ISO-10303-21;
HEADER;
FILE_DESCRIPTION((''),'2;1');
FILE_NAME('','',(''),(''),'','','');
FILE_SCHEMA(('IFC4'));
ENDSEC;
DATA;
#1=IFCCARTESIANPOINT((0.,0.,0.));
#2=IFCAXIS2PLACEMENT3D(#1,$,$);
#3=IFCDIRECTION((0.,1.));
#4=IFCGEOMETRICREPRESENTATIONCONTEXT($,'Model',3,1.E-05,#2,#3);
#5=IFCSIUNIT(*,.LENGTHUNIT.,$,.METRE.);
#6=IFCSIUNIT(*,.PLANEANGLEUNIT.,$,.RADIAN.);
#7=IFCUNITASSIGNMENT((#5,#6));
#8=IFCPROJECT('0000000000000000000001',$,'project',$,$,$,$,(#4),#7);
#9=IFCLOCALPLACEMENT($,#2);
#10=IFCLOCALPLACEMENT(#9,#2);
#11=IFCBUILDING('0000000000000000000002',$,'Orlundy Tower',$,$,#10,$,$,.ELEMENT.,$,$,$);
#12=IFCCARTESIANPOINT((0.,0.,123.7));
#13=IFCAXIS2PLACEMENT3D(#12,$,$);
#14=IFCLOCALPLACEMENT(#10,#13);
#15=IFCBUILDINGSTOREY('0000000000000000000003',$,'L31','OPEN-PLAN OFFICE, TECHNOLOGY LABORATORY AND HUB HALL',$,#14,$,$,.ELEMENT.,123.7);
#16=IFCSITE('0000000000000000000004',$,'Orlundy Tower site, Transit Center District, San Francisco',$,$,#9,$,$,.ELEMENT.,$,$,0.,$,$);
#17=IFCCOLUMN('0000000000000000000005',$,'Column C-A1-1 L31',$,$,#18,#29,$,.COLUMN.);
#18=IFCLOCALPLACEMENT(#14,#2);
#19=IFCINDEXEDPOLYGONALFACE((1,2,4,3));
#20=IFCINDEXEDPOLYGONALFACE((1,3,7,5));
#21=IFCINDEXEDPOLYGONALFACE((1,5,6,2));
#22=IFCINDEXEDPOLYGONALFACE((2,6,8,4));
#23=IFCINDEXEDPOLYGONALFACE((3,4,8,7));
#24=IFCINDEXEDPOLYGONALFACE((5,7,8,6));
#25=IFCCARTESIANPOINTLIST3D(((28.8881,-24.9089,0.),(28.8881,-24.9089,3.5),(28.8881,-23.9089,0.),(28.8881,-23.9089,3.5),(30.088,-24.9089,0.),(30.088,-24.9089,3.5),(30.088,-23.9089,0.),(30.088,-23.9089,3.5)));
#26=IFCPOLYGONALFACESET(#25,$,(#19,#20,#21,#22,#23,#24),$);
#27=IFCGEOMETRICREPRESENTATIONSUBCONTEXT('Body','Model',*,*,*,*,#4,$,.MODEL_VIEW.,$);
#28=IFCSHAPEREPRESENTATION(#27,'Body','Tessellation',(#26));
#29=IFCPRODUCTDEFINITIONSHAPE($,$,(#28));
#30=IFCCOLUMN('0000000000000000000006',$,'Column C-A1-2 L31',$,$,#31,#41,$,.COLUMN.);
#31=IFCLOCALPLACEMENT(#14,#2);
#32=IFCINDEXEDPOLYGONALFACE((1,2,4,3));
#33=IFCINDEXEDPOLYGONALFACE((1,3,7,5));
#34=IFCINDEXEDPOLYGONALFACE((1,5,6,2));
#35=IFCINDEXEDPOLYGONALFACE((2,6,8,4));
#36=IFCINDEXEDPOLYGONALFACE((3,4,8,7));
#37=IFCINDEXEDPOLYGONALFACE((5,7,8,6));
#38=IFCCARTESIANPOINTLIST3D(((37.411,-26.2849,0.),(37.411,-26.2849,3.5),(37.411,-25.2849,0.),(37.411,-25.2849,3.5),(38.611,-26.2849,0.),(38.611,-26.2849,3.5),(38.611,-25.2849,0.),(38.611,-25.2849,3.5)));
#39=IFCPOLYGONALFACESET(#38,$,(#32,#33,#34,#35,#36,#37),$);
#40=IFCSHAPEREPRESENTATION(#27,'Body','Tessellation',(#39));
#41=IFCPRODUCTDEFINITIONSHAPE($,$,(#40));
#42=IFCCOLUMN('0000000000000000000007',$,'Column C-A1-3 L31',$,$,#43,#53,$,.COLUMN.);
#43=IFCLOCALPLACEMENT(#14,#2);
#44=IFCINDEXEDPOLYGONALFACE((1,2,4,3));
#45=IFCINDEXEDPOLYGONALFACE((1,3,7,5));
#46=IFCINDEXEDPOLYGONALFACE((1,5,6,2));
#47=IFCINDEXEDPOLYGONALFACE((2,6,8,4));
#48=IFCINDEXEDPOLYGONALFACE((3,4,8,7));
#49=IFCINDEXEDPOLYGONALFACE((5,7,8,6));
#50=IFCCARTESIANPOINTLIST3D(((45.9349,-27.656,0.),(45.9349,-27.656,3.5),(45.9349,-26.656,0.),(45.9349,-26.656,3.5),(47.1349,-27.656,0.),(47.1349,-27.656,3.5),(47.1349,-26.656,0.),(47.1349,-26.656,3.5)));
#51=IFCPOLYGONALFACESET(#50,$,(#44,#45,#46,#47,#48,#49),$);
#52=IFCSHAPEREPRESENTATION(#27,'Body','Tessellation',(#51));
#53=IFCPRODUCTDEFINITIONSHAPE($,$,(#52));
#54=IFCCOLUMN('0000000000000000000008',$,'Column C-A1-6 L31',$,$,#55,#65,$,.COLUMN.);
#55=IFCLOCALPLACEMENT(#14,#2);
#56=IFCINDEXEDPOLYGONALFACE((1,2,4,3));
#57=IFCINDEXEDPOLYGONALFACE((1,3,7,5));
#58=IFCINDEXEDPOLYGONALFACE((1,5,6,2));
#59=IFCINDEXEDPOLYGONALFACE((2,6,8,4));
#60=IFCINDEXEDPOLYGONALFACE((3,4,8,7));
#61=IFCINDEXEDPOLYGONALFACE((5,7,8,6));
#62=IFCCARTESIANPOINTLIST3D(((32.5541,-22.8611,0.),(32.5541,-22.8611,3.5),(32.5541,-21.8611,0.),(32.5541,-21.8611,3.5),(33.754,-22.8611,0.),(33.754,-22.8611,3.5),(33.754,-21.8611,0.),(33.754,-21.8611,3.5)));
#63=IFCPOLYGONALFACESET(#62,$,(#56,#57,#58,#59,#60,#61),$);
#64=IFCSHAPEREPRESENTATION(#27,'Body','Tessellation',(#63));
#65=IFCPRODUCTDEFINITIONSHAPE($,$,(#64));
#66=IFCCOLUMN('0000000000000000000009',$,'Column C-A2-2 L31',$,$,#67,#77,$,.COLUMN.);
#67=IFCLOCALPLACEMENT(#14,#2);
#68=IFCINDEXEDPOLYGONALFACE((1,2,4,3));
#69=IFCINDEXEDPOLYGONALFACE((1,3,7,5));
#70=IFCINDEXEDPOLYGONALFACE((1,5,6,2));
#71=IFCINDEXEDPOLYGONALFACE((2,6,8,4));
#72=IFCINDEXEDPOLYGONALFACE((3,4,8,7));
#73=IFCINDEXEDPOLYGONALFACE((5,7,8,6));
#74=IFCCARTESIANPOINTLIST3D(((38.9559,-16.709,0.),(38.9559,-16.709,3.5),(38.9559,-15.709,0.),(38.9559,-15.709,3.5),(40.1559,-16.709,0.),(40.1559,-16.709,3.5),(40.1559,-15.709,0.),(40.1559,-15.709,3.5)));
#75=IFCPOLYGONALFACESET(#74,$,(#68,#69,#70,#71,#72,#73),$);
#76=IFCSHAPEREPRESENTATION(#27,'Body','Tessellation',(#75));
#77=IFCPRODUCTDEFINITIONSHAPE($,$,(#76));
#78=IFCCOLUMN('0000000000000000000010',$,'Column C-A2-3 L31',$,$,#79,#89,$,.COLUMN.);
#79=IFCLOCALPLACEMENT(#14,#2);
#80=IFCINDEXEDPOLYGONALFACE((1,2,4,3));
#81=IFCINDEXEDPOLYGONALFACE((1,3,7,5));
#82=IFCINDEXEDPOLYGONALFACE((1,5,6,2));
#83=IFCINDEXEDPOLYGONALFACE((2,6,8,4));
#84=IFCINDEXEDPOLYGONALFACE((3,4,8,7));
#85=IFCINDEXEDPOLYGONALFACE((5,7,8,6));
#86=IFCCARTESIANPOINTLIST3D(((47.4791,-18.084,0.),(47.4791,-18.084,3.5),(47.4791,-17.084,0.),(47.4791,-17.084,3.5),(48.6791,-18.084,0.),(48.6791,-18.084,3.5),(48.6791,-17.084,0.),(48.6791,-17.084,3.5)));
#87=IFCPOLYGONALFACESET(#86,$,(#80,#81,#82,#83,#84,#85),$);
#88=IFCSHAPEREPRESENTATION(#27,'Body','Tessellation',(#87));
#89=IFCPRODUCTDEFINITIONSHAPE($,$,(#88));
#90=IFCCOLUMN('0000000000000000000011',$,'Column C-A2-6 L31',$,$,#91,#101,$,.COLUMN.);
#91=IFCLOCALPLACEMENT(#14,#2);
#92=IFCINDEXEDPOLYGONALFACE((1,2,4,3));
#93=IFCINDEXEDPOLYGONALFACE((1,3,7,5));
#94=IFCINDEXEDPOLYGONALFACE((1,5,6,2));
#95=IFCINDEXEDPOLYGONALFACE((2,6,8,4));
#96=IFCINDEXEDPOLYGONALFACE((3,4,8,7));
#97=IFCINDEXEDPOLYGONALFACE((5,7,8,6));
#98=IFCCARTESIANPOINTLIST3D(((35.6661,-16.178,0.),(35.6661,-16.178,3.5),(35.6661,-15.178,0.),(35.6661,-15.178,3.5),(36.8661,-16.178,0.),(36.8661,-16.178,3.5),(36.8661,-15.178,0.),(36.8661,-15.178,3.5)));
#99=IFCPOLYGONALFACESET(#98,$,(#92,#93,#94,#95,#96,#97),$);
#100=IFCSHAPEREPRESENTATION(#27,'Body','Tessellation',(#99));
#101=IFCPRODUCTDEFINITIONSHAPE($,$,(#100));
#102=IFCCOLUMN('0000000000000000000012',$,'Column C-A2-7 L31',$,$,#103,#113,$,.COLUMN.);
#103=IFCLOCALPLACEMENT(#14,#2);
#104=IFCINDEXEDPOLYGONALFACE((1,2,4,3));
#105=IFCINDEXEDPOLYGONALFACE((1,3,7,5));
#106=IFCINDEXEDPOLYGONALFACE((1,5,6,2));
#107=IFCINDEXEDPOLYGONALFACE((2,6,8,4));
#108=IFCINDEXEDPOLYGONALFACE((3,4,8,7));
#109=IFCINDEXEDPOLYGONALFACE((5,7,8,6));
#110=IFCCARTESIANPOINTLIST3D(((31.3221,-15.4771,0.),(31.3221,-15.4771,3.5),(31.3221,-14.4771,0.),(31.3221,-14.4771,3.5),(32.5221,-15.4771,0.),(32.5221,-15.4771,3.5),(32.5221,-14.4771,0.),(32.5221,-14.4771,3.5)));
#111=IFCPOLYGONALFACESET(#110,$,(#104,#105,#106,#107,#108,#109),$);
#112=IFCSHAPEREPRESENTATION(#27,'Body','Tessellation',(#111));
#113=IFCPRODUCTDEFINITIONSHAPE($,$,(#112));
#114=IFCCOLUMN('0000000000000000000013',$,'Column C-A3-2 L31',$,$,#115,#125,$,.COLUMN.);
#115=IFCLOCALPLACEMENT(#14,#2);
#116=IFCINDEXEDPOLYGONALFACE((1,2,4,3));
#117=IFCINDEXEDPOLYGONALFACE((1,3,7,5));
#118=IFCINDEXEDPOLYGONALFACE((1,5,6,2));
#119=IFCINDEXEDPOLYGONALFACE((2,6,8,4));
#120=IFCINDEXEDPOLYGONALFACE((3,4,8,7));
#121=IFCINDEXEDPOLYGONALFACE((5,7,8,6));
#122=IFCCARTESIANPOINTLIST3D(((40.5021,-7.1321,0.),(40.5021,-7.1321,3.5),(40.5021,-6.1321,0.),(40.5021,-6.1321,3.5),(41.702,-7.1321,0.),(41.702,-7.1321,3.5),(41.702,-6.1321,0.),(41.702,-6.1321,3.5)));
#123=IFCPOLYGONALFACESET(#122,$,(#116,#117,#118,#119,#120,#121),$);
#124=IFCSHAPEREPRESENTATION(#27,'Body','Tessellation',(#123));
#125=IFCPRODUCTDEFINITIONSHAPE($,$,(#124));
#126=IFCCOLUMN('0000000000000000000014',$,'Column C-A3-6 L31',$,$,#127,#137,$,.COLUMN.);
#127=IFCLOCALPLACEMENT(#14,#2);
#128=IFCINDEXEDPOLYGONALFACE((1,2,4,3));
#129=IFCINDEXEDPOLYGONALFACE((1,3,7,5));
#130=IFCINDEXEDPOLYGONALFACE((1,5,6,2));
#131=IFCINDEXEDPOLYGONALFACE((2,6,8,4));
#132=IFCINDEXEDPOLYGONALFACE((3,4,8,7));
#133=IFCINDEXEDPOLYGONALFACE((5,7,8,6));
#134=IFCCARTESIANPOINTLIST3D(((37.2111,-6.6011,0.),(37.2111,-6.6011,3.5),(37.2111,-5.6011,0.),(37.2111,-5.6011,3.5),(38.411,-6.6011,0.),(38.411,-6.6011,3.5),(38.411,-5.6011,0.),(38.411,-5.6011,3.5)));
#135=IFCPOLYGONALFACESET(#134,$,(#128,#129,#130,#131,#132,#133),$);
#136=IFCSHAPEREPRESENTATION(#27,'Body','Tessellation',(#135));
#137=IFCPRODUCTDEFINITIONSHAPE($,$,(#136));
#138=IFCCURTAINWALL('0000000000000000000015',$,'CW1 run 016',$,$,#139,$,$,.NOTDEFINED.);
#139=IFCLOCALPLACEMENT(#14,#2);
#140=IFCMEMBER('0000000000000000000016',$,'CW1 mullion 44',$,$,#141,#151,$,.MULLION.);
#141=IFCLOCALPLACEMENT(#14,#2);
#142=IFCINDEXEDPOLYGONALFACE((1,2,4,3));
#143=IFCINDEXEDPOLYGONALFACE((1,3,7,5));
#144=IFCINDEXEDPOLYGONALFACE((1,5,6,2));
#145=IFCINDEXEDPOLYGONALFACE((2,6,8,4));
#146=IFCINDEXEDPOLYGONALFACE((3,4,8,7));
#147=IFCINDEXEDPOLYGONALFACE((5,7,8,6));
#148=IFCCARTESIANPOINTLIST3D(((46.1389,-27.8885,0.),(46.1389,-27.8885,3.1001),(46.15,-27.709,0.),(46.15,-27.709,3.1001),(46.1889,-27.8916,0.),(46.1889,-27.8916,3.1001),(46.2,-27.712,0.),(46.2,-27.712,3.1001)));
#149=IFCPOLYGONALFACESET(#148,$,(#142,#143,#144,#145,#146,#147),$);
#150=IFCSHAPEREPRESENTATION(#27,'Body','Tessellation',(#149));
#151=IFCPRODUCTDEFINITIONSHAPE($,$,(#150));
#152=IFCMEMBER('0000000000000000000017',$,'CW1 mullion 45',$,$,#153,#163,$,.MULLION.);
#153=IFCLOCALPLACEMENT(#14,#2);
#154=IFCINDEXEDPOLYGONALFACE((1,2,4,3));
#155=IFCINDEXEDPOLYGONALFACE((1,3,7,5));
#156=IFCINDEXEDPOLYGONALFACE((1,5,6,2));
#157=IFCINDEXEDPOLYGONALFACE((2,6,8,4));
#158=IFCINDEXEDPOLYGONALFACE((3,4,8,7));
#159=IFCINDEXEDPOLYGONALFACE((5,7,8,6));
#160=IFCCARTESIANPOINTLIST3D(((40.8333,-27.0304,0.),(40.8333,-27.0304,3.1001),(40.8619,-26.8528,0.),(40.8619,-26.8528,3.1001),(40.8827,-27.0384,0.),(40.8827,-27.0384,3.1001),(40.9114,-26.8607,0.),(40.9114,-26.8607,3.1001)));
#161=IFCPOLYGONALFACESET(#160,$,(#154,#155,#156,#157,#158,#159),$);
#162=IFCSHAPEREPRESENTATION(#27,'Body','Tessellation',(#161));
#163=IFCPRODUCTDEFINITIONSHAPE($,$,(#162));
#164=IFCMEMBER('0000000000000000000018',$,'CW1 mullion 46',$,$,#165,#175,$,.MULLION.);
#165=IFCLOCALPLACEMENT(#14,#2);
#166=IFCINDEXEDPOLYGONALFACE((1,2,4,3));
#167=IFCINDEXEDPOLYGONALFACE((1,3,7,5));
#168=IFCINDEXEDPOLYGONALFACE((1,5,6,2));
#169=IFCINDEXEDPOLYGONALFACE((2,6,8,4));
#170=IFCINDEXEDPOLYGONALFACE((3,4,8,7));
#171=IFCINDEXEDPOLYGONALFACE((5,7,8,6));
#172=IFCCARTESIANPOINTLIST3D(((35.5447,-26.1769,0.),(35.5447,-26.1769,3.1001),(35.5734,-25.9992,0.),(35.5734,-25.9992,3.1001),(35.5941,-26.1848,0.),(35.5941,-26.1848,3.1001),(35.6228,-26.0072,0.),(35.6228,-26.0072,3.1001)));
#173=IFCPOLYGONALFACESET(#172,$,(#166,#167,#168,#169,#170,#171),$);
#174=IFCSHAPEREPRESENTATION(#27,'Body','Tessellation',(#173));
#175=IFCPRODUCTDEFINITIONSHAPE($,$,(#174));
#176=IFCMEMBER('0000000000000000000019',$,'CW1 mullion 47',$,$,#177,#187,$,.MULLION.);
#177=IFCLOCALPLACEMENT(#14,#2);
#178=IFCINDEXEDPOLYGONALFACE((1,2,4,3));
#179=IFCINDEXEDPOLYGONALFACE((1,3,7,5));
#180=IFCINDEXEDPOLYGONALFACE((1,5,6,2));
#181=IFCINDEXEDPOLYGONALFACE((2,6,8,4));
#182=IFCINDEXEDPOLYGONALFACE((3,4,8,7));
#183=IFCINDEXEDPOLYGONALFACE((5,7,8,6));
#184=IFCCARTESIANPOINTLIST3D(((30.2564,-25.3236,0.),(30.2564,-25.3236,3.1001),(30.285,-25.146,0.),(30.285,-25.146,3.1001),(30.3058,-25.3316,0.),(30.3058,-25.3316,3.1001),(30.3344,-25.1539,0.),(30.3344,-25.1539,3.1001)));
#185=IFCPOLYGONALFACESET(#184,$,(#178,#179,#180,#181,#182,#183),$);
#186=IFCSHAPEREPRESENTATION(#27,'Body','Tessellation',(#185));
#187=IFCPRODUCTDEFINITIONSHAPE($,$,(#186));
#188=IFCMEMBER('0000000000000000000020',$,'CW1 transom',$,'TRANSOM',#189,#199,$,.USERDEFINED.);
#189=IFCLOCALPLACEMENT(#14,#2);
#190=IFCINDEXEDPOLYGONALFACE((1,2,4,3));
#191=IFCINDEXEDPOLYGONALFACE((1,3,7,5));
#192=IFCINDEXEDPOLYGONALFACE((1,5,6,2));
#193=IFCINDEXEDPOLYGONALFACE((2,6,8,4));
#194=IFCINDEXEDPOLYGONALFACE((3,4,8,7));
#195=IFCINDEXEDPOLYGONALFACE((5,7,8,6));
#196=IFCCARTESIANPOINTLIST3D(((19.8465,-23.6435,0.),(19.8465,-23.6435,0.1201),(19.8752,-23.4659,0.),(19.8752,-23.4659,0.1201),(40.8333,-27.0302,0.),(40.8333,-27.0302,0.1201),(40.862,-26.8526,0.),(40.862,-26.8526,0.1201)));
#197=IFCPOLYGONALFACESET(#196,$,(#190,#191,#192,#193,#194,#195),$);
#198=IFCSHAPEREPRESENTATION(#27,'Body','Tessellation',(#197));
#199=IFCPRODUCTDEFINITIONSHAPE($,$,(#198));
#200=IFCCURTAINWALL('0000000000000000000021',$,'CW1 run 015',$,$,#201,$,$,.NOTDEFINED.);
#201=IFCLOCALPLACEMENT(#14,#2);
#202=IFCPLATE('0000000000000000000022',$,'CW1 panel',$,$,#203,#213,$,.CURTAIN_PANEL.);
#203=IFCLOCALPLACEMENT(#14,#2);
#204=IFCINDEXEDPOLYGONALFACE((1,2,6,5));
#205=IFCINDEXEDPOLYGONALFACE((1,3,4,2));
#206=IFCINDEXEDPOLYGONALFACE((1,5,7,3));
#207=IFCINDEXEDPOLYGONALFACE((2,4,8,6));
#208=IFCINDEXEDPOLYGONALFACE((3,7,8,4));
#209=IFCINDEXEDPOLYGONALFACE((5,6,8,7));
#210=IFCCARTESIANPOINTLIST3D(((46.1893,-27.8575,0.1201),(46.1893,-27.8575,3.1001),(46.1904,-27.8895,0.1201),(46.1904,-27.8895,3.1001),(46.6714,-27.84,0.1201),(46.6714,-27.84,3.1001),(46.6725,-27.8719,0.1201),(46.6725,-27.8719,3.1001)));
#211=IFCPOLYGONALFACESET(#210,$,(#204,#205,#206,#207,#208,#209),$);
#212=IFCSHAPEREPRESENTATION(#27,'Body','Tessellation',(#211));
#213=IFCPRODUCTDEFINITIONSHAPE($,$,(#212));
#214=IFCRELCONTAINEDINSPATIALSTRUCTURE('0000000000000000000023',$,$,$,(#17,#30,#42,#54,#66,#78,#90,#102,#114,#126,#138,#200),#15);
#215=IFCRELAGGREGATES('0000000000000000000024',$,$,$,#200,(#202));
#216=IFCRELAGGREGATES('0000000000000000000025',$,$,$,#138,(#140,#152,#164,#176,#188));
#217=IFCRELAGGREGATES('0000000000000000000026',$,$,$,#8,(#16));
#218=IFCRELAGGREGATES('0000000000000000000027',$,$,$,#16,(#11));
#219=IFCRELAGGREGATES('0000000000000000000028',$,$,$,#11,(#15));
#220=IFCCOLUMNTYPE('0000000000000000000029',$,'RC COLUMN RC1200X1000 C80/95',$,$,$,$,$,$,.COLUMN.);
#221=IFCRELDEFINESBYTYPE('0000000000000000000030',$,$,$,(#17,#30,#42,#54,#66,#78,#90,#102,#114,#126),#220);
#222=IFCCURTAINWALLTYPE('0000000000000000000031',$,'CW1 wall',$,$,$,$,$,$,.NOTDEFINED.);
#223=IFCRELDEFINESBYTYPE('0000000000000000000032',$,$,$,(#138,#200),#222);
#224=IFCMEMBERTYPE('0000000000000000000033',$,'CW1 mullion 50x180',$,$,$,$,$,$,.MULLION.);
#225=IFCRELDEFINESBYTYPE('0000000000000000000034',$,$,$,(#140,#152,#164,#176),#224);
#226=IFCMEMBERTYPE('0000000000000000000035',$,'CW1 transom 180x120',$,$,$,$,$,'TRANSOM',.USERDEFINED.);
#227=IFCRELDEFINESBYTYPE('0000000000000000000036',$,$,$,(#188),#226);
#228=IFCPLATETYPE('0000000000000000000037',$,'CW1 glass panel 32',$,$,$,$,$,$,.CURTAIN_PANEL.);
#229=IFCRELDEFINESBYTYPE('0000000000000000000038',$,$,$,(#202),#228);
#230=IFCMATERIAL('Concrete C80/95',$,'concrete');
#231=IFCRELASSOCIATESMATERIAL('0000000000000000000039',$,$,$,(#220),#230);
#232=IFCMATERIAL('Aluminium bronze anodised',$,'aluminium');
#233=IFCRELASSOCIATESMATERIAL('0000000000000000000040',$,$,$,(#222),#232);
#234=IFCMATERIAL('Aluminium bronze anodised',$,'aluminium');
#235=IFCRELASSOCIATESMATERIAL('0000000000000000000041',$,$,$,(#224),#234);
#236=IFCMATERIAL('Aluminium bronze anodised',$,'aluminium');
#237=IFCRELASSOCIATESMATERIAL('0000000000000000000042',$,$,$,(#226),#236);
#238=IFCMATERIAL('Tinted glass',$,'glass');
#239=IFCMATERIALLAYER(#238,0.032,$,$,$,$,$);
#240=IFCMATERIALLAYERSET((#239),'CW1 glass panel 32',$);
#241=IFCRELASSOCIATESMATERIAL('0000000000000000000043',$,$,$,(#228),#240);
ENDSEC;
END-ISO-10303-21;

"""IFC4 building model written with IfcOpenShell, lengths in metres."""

from ifc_helpers import new_model, si_unit, direction, frame, origin, origin_2d, place, context, subcontext, project, spatial, rectangle, extrude, material, layer, layer_set, material_profile, profile_set, type_object, element, aggregate, save


model = new_model("IFC4")

# Units and contexts
model_context = context("Model", 3, precision=1e-05, world=origin(), true_north=direction((0.0, 1.0)))
body_context = subcontext(model_context, "Body", "Model", "MODEL_VIEW")
ifc_project = project(units=[si_unit("LENGTHUNIT", "METRE"), si_unit("PLANEANGLEUNIT", "RADIAN")], contexts=[model_context])

# Site, building, storey
site_placement = place(None, origin())
site = spatial("IfcSite", under=ifc_project, at=site_placement, Name="Orlundy Tower site, Transit Center District, San Francisco", CompositionType="ELEMENT", RefElevation=0.0)
building_placement = place(site_placement, origin())
building = spatial("IfcBuilding", under=site, at=building_placement, Name="Orlundy Tower", CompositionType="ELEMENT")
storey_placement = place(building_placement, frame((0.0, 0.0, 123.7)))
storey = spatial("IfcBuildingStorey", under=building, at=storey_placement, Name="L31", Description="OPEN-PLAN OFFICE, TECHNOLOGY LABORATORY AND HUB HALL", CompositionType="ELEMENT", Elevation=123.7)

# Columns
ifc_material_1 = material(Name="Concrete C80/95", Category="concrete")
ifc_material_profile_1 = material_profile(ifc_material_1, rectangle(XDim=1.2, YDim=1.0, at=origin_2d()), Name="RC1200X1000")
ifc_profile_set_1 = profile_set([ifc_material_profile_1], Name="Concrete C80/95")
column_type = type_object("IfcColumnType", Name="RC COLUMN RC1200X1000 C80/95", PredefinedType="COLUMN", material=ifc_profile_set_1)
for number, where, z_axis, x_axis, name in (
    (1, (29.488, -24.4089, 0.0), (0.0, 0.0, 1.0), (1.0, 0.0, 0.0), "Column C-A1-1 L31"),
    (2, (38.011, -25.7849, 0.0), (0.0, 0.0, 1.0), (1.0, 0.0, 0.0), "Column C-A1-2 L31"),
    (3, (46.5349, -27.156, 0.0), (0.0, 0.0, 1.0), (1.0, 0.0, 0.0), "Column C-A1-3 L31"),
    (4, (33.1541, -22.3611, 0.0), (0.0, 0.0, 1.0), (1.0, 0.0, 0.0), "Column C-A1-6 L31"),
    (5, (39.5559, -16.209, 0.0), (0.0, 0.0, 1.0), (1.0, 0.0, 0.0), "Column C-A2-2 L31"),
    (6, (48.0791, -17.584, 0.0), (0.0, 0.0, 1.0), (1.0, 0.0, 0.0), "Column C-A2-3 L31"),
    (7, (36.2661, -15.678, 0.0), (0.0, 0.0, 1.0), (1.0, 0.0, 0.0), "Column C-A2-6 L31"),
    (8, (31.9221, -14.9771, 0.0), (0.0, 0.0, 1.0), (1.0, 0.0, 0.0), "Column C-A2-7 L31"),
    (9, (41.1021, -6.6321, 0.0), (0.0, 0.0, 1.0), (1.0, 0.0, 0.0), "Column C-A3-2 L31"),
    (10, (37.811, -6.1011, 0.0), (0.0, 0.0, 1.0), (1.0, 0.0, 0.0), "Column C-A3-6 L31"),
):
    element("IfcColumn", number, at=place(storey_placement, frame(where, z_axis=z_axis, x_axis=x_axis)), inside=storey, type_object=column_type, Name=name, PredefinedType="COLUMN", context=body_context, shape_type="SweptSolid", body=[
        extrude(rectangle(XDim=1.2, YDim=1.0, at=origin_2d()), origin(), (0.0, 0.0, 1.0), 3.5),
    ])

# Curtain wall, members
ifc_material_2 = material(Name="Aluminium bronze anodised", Category="aluminium")
curtain_wall_type = type_object("IfcCurtainWallType", Name="CW1 wall", PredefinedType="NOTDEFINED", material=ifc_material_2)
curtain_wall_1_placement = place(storey_placement, origin())
curtain_wall_1 = element("IfcCurtainWall", 11, at=curtain_wall_1_placement, inside=storey, type_object=curtain_wall_type, Name="CW1 run 016", PredefinedType="NOTDEFINED")
ifc_material_3 = material(Name="Aluminium bronze anodised", Category="aluminium")
ifc_material_profile_2 = material_profile(ifc_material_3, rectangle(XDim=0.1799, YDim=0.05, at=origin_2d()), Name="CW1 mullion 50x180")
ifc_profile_set_2 = profile_set([ifc_material_profile_2], Name="Aluminium bronze anodised")
member_type_1 = type_object("IfcMemberType", Name="CW1 mullion 50x180", PredefinedType="MULLION", material=ifc_profile_set_2)
member_1_placement = place(storey_placement, frame((46.1694, -27.8003, 0.0), z_axis=(0.0, 0.0, 1.0), x_axis=(-0.061747, -0.998092, 0.0)))
member_1 = element("IfcMember", 12, at=member_1_placement, type_object=member_type_1, Name="CW1 mullion 44", PredefinedType="MULLION", context=body_context, shape_type="SweptSolid", body=[
    extrude(rectangle(XDim=0.1799, YDim=0.05, at=origin_2d()), origin(), (0.0, 0.0, 1.0), 3.1001),
])
member_2_placement = place(storey_placement, frame((40.8723, -26.9456, 0.0), z_axis=(0.0, 0.0, 1.0), x_axis=(-0.159311, -0.987228, 0.0)))
member_2 = element("IfcMember", 13, at=member_2_placement, type_object=member_type_1, Name="CW1 mullion 45", PredefinedType="MULLION", context=body_context, shape_type="SweptSolid", body=[
    extrude(rectangle(XDim=0.1799, YDim=0.05, at=origin_2d()), origin(), (0.0, 0.0, 1.0), 3.1001),
])
member_3_placement = place(storey_placement, frame((35.5837, -26.092, 0.0), z_axis=(0.0, 0.0, 1.0), x_axis=(-0.159311, -0.987228, 0.0)))
member_3 = element("IfcMember", 14, at=member_3_placement, type_object=member_type_1, Name="CW1 mullion 46", PredefinedType="MULLION", context=body_context, shape_type="SweptSolid", body=[
    extrude(rectangle(XDim=0.1799, YDim=0.05, at=origin_2d()), origin(), (0.0, 0.0, 1.0), 3.1001),
])
member_4_placement = place(storey_placement, frame((30.2954, -25.2388, 0.0), z_axis=(0.0, 0.0, 1.0), x_axis=(-0.159311, -0.987228, 0.0)))
member_4 = element("IfcMember", 15, at=member_4_placement, type_object=member_type_1, Name="CW1 mullion 47", PredefinedType="MULLION", context=body_context, shape_type="SweptSolid", body=[
    extrude(rectangle(XDim=0.1799, YDim=0.05, at=origin_2d()), origin(), (0.0, 0.0, 1.0), 3.1001),
])
ifc_material_4 = material(Name="Aluminium bronze anodised", Category="aluminium")
ifc_material_profile_3 = material_profile(ifc_material_4, rectangle(XDim=0.1799, YDim=0.1201, at=origin_2d()), Name="CW1 transom 180x120")
ifc_profile_set_3 = profile_set([ifc_material_profile_3], Name="Aluminium bronze anodised")
member_type_2 = type_object("IfcMemberType", Name="CW1 transom 180x120", ElementType="TRANSOM", PredefinedType="USERDEFINED", material=ifc_profile_set_3)
member_5_placement = place(storey_placement, frame((40.8477, -26.9414, 0.0601), z_axis=(-0.987228, 0.159313, 0.0), x_axis=(-0.159313, -0.987228, 0.0)))
member_5 = element("IfcMember", 16, at=member_5_placement, type_object=member_type_2, Name="CW1 transom", ObjectType="TRANSOM", PredefinedType="USERDEFINED", context=body_context, shape_type="SweptSolid", body=[
    extrude(rectangle(XDim=0.1799, YDim=0.1201, at=origin_2d()), origin(), (0.0, 0.0, 1.0), 21.2583),
])

# Curtain wall, plate
curtain_wall_2_placement = place(storey_placement, origin())
curtain_wall_2 = element("IfcCurtainWall", 17, at=curtain_wall_2_placement, inside=storey, type_object=curtain_wall_type, Name="CW1 run 015", PredefinedType="NOTDEFINED")
ifc_material_5 = material(Name="Tinted glass", Category="glass")
ifc_layer_1 = layer(ifc_material_5, 0.032)
ifc_layer_set_1 = layer_set([ifc_layer_1], Name="CW1 glass panel 32")
plate_type = type_object("IfcPlateType", Name="CW1 glass panel 32", PredefinedType="CURTAIN_PANEL", material=ifc_layer_set_1)
plate_1_placement = place(storey_placement, frame((46.4309, -27.8647, 0.1201), z_axis=(0.0, 0.0, 1.0), x_axis=(-0.999337, -0.036413, 0.0)))
plate_1 = element("IfcPlate", 18, at=plate_1_placement, type_object=plate_type, Name="CW1 panel", PredefinedType="CURTAIN_PANEL", context=body_context, shape_type="SweptSolid", body=[
    extrude(rectangle(XDim=0.4824, YDim=0.032, at=origin_2d()), origin(), (0.0, 0.0, 1.0), 2.98),
])
aggregate(curtain_wall_2, [plate_1])

aggregate(curtain_wall_1, [member_1, member_2, member_3, member_4, member_5])

save(model, "model.ifc")
